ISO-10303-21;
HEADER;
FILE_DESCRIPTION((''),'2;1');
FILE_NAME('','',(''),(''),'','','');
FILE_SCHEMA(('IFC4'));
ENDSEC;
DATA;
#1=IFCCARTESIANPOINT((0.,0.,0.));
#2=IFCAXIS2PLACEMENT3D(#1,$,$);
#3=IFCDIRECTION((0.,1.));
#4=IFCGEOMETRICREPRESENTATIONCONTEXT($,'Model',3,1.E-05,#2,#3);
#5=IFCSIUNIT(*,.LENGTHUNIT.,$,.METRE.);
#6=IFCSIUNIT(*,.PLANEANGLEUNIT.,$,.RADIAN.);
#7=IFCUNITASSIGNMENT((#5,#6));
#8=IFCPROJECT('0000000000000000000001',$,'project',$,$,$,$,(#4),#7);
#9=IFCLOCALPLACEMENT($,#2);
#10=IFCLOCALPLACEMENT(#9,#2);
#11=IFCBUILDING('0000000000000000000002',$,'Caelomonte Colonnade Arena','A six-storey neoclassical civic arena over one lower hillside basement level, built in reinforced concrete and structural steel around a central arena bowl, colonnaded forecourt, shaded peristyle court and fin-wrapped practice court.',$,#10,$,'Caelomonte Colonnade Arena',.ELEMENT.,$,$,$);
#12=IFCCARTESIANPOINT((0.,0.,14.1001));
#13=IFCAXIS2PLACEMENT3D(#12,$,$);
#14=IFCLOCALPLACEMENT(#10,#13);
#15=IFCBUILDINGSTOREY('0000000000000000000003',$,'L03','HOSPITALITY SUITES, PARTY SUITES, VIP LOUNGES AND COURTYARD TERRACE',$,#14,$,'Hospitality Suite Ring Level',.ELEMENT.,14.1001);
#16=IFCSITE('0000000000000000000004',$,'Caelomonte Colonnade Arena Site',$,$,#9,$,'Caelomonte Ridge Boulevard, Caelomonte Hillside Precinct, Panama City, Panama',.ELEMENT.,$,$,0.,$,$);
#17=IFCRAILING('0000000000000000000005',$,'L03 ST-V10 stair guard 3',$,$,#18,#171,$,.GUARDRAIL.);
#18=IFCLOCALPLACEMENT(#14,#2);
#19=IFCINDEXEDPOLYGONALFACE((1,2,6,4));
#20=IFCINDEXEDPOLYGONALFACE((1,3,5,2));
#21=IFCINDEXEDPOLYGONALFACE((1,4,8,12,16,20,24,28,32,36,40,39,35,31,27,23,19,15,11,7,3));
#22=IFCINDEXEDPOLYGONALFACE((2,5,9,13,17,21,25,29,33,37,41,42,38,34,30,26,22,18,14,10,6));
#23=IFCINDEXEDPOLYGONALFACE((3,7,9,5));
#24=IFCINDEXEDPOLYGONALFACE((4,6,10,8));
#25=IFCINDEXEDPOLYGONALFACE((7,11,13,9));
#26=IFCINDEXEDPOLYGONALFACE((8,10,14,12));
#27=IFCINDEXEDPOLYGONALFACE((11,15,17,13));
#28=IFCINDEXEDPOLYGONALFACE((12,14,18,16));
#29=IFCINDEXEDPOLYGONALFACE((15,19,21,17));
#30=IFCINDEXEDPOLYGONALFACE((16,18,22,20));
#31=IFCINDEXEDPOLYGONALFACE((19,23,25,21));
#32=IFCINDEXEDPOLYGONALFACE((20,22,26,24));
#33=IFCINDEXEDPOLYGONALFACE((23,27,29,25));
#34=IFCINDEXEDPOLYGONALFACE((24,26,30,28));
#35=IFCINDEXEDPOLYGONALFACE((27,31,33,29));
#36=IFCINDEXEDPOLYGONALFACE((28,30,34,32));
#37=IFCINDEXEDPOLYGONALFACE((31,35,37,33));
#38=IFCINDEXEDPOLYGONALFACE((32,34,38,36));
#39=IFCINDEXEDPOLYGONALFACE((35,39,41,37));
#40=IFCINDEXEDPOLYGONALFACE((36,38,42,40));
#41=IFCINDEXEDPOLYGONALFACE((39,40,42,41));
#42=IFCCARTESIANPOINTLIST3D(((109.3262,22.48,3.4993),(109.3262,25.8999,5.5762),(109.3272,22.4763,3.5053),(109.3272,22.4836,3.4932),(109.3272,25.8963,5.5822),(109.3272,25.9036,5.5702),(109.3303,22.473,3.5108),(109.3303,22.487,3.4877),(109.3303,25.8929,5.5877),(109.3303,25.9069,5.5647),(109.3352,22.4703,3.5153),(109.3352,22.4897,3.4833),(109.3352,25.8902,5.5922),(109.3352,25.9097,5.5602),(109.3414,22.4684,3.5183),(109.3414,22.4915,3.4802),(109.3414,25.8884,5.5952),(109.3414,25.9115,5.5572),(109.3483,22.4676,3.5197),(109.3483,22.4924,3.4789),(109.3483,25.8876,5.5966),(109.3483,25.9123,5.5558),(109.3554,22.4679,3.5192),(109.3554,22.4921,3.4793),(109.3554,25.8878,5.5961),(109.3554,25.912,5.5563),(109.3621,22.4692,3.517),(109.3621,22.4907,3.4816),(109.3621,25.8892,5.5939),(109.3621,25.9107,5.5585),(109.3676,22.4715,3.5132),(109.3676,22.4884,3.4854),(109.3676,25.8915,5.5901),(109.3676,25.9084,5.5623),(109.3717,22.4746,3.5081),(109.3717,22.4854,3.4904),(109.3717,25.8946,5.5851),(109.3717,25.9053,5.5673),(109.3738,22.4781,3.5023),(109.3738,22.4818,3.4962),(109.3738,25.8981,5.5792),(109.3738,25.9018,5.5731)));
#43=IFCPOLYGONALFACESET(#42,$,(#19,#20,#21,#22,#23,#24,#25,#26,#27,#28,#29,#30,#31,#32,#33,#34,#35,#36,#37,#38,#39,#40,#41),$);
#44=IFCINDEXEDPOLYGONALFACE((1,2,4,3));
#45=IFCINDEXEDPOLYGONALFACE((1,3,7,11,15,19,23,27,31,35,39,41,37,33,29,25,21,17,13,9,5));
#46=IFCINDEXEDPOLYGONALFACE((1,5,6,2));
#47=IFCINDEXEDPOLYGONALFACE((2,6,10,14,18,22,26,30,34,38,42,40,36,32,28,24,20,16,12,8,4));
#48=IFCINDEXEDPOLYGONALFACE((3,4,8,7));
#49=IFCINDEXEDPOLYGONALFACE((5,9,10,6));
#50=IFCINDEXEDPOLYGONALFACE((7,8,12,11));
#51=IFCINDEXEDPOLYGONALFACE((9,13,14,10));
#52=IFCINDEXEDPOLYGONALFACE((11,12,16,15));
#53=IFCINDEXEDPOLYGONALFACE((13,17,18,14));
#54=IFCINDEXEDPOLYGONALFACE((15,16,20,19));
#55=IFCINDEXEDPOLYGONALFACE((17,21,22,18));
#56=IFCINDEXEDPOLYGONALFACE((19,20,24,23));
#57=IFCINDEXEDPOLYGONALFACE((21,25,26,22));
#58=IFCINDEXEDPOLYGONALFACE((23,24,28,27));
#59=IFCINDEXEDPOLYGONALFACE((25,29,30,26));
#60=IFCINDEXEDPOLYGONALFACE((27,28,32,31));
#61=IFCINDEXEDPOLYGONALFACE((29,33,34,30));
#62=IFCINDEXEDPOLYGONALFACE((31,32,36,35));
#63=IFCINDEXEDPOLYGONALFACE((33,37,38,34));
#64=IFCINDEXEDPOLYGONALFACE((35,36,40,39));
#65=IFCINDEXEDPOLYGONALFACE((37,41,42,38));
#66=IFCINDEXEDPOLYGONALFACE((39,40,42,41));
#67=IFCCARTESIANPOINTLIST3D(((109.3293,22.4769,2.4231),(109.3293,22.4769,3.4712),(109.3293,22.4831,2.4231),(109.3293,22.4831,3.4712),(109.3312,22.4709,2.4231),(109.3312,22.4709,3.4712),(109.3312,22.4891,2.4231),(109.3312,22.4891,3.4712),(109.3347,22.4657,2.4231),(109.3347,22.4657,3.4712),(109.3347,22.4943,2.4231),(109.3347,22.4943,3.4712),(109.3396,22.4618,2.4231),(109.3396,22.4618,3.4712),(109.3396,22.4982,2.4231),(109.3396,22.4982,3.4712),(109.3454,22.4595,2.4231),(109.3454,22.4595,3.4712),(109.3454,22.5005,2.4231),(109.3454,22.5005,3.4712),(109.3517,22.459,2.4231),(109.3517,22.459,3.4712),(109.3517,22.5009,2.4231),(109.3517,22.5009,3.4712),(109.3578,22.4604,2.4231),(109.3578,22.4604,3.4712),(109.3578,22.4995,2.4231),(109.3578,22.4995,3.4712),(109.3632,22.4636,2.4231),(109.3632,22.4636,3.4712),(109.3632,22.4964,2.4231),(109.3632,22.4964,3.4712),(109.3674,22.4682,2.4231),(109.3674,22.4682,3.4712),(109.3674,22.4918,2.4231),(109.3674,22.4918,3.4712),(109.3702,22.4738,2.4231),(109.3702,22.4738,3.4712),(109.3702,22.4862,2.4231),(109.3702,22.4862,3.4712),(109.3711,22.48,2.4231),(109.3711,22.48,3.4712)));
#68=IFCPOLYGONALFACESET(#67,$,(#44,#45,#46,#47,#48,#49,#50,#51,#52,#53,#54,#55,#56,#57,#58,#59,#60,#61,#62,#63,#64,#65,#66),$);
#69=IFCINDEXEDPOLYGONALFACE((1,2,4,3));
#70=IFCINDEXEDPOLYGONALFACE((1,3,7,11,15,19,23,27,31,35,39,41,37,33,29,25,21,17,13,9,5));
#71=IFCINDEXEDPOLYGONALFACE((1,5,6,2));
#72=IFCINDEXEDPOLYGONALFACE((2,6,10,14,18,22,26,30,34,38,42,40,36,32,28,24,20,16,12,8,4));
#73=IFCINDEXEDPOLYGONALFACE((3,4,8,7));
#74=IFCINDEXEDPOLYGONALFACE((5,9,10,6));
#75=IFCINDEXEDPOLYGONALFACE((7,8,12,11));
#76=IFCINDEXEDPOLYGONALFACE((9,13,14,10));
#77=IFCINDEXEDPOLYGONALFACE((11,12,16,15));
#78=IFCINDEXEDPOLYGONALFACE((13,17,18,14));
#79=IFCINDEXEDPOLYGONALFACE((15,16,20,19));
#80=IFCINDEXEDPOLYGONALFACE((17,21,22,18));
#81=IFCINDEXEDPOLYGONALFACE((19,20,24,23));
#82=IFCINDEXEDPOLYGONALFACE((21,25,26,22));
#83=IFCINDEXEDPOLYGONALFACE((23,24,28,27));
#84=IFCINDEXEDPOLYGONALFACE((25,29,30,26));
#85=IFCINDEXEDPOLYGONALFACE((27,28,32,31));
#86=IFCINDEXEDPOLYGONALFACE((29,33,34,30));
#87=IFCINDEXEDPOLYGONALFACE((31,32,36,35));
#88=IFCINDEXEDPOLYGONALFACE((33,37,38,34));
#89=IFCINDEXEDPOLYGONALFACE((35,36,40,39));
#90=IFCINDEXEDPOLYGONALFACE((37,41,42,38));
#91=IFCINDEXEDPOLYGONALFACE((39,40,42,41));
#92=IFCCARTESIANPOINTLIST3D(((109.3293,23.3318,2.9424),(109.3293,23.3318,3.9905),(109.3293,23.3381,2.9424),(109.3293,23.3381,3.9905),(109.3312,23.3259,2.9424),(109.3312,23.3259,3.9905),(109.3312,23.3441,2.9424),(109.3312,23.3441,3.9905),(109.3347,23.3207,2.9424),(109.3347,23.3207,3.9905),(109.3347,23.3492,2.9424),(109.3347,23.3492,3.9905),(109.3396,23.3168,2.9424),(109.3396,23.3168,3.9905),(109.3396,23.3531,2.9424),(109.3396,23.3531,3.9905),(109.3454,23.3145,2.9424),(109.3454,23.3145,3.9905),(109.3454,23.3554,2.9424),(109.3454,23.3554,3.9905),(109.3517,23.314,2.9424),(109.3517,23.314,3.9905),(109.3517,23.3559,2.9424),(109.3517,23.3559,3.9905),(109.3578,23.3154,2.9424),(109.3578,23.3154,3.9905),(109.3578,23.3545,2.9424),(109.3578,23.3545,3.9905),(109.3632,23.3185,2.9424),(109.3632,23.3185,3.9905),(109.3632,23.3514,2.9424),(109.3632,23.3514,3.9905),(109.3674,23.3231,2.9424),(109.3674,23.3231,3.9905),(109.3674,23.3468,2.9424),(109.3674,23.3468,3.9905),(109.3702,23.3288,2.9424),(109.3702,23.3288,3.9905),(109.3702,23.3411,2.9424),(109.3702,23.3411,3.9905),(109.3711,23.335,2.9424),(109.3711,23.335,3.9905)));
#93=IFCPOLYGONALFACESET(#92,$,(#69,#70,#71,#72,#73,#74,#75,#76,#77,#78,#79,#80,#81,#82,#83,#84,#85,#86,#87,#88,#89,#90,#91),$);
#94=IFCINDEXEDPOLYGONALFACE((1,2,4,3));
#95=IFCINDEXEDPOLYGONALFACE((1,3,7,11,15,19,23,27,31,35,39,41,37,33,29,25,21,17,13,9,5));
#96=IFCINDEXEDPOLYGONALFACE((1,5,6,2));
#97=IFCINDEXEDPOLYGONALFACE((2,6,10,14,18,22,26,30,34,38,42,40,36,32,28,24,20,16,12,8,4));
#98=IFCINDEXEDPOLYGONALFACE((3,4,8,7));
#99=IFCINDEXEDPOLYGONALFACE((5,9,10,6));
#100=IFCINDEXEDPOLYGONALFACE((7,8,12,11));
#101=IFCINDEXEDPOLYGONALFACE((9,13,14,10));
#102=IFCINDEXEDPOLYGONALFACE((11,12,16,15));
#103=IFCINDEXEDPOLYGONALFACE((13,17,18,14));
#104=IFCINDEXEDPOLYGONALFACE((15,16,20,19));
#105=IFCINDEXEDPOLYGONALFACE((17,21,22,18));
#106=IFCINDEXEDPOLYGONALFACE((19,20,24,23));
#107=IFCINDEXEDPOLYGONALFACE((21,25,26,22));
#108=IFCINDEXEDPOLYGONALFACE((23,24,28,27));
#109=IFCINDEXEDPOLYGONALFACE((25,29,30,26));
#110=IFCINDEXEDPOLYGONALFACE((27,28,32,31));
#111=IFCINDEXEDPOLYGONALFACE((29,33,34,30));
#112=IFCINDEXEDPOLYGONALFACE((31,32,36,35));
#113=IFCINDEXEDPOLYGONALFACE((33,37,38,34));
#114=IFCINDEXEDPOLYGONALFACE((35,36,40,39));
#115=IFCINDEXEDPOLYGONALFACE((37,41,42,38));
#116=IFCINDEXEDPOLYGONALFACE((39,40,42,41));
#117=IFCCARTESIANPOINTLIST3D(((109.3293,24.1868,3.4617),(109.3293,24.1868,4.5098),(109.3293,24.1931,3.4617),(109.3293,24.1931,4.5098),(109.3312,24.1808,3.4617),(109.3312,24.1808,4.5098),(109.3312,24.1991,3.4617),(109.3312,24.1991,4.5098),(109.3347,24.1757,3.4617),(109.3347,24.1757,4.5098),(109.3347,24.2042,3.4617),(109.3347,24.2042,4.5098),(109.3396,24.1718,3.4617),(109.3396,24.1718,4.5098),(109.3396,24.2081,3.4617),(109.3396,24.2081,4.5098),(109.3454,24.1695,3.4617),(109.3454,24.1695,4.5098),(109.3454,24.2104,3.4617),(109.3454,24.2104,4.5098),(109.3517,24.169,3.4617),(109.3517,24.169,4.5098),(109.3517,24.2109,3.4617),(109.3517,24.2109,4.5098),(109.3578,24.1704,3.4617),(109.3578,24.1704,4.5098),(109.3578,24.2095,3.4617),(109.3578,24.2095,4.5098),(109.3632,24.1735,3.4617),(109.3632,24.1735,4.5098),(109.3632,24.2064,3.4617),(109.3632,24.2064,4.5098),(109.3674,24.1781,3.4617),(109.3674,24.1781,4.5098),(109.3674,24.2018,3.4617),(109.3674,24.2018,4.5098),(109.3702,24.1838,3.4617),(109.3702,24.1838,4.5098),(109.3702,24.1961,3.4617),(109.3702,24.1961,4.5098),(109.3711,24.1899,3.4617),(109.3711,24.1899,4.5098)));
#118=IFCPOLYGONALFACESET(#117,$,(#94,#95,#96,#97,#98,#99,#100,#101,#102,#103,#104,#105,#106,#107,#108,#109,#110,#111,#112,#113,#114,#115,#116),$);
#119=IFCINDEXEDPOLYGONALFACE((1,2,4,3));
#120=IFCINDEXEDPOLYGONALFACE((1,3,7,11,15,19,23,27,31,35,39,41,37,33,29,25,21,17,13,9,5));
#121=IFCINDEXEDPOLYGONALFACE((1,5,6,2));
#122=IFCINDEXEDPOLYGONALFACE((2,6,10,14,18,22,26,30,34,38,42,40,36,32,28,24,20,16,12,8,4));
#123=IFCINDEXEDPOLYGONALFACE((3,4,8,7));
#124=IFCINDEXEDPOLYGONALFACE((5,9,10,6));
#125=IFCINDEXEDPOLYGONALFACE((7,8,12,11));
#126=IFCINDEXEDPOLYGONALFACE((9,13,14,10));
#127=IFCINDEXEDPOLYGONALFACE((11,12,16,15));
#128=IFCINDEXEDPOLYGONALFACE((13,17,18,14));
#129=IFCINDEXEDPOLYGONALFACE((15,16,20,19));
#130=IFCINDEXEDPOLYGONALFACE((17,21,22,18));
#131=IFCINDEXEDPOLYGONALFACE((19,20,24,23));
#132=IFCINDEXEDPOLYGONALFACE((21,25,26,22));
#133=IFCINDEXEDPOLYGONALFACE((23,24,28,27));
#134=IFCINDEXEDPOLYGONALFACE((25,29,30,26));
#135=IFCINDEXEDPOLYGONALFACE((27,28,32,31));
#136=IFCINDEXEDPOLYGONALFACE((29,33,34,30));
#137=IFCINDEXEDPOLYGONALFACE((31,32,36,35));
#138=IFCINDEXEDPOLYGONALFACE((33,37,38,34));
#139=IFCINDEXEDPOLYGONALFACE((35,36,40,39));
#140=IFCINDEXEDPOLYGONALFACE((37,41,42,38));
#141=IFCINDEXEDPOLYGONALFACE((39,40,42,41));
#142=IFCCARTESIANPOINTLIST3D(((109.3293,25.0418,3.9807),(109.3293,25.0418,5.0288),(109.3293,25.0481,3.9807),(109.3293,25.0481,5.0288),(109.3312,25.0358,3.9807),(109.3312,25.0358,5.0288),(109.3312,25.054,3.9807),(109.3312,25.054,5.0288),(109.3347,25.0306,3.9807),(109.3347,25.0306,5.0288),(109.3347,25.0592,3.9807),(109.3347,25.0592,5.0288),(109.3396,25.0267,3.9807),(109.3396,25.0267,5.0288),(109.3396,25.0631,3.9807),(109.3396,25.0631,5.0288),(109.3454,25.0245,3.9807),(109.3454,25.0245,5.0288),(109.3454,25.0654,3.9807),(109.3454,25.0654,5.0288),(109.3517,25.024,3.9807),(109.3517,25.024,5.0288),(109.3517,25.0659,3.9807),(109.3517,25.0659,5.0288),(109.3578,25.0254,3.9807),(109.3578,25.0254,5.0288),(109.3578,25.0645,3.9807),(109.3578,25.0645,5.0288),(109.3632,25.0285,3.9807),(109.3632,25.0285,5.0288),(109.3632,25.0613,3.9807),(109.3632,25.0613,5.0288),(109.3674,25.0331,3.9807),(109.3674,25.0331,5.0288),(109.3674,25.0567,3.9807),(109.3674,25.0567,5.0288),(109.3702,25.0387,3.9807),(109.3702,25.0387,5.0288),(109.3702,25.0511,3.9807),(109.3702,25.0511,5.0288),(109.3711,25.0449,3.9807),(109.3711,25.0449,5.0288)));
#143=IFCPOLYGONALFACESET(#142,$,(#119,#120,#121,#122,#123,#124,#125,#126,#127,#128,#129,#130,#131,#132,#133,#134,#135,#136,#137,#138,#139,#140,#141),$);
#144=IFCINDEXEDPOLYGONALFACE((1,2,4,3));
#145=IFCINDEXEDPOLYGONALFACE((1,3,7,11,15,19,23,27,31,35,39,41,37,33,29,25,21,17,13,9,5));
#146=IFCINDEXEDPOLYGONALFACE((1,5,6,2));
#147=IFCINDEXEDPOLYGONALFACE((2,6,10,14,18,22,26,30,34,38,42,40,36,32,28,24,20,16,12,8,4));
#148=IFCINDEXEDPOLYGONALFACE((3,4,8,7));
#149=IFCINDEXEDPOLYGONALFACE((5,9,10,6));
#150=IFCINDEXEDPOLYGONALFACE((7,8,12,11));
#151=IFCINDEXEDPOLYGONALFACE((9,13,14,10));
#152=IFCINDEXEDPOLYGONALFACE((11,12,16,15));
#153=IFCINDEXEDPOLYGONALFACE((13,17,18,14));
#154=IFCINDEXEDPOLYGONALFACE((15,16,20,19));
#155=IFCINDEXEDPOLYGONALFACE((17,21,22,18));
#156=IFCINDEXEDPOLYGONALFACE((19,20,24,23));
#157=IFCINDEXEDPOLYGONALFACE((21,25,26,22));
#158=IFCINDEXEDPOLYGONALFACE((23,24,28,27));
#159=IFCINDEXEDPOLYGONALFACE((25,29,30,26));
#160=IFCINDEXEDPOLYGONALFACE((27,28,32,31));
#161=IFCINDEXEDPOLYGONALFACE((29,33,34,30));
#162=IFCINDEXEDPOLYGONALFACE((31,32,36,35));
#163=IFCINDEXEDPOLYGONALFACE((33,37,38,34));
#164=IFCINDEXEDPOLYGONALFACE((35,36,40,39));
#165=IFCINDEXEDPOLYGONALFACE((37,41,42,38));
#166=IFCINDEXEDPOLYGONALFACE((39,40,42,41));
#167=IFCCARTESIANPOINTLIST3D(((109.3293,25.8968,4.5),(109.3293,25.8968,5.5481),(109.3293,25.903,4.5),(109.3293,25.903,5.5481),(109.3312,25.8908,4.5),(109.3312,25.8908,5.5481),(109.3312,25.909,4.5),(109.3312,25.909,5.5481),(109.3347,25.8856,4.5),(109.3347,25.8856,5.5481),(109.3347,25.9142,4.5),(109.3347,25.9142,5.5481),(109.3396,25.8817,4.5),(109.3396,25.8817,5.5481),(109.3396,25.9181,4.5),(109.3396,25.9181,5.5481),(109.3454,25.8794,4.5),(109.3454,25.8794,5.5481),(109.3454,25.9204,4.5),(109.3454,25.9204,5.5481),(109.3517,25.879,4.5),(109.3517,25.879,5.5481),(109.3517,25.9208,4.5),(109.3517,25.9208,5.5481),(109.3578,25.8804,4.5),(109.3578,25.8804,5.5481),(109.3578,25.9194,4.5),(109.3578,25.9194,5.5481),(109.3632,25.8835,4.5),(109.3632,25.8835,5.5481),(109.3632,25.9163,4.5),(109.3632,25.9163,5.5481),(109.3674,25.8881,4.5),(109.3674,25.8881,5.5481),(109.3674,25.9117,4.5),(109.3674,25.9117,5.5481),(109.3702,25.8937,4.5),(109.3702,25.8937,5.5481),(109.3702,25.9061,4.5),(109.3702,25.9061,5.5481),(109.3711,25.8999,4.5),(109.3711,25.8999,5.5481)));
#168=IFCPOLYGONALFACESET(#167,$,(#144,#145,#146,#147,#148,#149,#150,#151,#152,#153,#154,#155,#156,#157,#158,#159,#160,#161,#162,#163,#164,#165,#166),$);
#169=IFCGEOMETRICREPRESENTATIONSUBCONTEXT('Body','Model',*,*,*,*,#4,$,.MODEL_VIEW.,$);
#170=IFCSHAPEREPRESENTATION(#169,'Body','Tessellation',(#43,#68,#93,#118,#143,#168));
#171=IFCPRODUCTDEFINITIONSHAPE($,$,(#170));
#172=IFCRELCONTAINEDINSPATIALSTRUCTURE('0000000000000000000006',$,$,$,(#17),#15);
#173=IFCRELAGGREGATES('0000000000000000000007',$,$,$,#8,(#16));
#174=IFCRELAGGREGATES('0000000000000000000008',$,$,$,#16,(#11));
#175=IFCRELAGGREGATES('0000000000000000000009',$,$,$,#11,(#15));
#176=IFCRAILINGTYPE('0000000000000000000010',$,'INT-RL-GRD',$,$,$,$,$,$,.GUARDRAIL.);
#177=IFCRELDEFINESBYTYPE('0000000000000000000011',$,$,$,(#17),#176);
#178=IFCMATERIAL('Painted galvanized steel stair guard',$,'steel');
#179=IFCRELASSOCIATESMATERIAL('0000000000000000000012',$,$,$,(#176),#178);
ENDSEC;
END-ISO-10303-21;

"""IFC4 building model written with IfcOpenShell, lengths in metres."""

from ifc_helpers import new_model, si_unit, direction, frame, origin, origin_2d, place, context, subcontext, project, spatial, circle, extrude, material, type_object, element, save


model = new_model("IFC4")

# Units and contexts
model_context = context("Model", 3, precision=1e-05, world=origin(), true_north=direction((0.0, 1.0)))
body_context = subcontext(model_context, "Body", "Model", "MODEL_VIEW")
ifc_project = project(units=[si_unit("LENGTHUNIT", "METRE"), si_unit("PLANEANGLEUNIT", "RADIAN")], contexts=[model_context])

# Site, building, storey
site_placement = place(None, origin())
site = spatial("IfcSite", under=ifc_project, at=site_placement, Name="Caelomonte Colonnade Arena Site", LongName="Caelomonte Ridge Boulevard, Caelomonte Hillside Precinct, Panama City, Panama", CompositionType="ELEMENT", RefElevation=0.0)
building_placement = place(site_placement, origin())
building = spatial("IfcBuilding", under=site, at=building_placement, Name="Caelomonte Colonnade Arena", Description="A six-storey neoclassical civic arena over one lower hillside basement level, built in reinforced concrete and structural steel around a central arena bowl, colonnaded forecourt, shaded peristyle court and fin-wrapped practice court.", LongName="Caelomonte Colonnade Arena", CompositionType="ELEMENT")
storey_placement = place(building_placement, frame((0.0, 0.0, 14.1001)))
storey = spatial("IfcBuildingStorey", under=building, at=storey_placement, Name="L03", Description="HOSPITALITY SUITES, PARTY SUITES, VIP LOUNGES AND COURTYARD TERRACE", LongName="Hospitality Suite Ring Level", CompositionType="ELEMENT", Elevation=14.1001)

# Railing
ifc_material_1 = material(Name="Painted galvanized steel stair guard", Category="steel")
railing_type_1 = type_object("IfcRailingType", Name="INT-RL-GRD", PredefinedType="GUARDRAIL", material=ifc_material_1)
railing_1_placement = place(storey_placement, frame((109.3501, 22.48, 2.4231)))
element("IfcRailing", 1, at=railing_1_placement, inside=storey, type_object=railing_type_1, Name="L03 ST-V10 stair guard 3", PredefinedType="GUARDRAIL", context=body_context, shape_type="SweptSolid", body=[
    extrude(circle(Radius=0.0239, at=origin_2d()), frame((0.0, 0.0, 1.0762), z_axis=(0.0, 0.85473, 0.519074), x_axis=(-1.0, 0.0, 0.0)), (0.0, 0.0, 1.0), 4.0012),
    extrude(circle(Radius=0.021, at=origin_2d()), origin(), (0.0, 0.0, 1.0), 1.0481),
    extrude(circle(Radius=0.021, at=origin_2d()), frame((0.0, 0.855, 0.5193)), (0.0, 0.0, 1.0), 1.0481),
    extrude(circle(Radius=0.021, at=origin_2d()), frame((0.0, 1.71, 1.0386)), (0.0, 0.0, 1.0), 1.0481),
    extrude(circle(Radius=0.021, at=origin_2d()), frame((0.0, 2.5649, 1.5576)), (0.0, 0.0, 1.0), 1.0481),
    extrude(circle(Radius=0.021, at=origin_2d()), frame((0.0, 3.4199, 2.0769)), (0.0, 0.0, 1.0), 1.0481),
])

save(model, "model.ifc")
